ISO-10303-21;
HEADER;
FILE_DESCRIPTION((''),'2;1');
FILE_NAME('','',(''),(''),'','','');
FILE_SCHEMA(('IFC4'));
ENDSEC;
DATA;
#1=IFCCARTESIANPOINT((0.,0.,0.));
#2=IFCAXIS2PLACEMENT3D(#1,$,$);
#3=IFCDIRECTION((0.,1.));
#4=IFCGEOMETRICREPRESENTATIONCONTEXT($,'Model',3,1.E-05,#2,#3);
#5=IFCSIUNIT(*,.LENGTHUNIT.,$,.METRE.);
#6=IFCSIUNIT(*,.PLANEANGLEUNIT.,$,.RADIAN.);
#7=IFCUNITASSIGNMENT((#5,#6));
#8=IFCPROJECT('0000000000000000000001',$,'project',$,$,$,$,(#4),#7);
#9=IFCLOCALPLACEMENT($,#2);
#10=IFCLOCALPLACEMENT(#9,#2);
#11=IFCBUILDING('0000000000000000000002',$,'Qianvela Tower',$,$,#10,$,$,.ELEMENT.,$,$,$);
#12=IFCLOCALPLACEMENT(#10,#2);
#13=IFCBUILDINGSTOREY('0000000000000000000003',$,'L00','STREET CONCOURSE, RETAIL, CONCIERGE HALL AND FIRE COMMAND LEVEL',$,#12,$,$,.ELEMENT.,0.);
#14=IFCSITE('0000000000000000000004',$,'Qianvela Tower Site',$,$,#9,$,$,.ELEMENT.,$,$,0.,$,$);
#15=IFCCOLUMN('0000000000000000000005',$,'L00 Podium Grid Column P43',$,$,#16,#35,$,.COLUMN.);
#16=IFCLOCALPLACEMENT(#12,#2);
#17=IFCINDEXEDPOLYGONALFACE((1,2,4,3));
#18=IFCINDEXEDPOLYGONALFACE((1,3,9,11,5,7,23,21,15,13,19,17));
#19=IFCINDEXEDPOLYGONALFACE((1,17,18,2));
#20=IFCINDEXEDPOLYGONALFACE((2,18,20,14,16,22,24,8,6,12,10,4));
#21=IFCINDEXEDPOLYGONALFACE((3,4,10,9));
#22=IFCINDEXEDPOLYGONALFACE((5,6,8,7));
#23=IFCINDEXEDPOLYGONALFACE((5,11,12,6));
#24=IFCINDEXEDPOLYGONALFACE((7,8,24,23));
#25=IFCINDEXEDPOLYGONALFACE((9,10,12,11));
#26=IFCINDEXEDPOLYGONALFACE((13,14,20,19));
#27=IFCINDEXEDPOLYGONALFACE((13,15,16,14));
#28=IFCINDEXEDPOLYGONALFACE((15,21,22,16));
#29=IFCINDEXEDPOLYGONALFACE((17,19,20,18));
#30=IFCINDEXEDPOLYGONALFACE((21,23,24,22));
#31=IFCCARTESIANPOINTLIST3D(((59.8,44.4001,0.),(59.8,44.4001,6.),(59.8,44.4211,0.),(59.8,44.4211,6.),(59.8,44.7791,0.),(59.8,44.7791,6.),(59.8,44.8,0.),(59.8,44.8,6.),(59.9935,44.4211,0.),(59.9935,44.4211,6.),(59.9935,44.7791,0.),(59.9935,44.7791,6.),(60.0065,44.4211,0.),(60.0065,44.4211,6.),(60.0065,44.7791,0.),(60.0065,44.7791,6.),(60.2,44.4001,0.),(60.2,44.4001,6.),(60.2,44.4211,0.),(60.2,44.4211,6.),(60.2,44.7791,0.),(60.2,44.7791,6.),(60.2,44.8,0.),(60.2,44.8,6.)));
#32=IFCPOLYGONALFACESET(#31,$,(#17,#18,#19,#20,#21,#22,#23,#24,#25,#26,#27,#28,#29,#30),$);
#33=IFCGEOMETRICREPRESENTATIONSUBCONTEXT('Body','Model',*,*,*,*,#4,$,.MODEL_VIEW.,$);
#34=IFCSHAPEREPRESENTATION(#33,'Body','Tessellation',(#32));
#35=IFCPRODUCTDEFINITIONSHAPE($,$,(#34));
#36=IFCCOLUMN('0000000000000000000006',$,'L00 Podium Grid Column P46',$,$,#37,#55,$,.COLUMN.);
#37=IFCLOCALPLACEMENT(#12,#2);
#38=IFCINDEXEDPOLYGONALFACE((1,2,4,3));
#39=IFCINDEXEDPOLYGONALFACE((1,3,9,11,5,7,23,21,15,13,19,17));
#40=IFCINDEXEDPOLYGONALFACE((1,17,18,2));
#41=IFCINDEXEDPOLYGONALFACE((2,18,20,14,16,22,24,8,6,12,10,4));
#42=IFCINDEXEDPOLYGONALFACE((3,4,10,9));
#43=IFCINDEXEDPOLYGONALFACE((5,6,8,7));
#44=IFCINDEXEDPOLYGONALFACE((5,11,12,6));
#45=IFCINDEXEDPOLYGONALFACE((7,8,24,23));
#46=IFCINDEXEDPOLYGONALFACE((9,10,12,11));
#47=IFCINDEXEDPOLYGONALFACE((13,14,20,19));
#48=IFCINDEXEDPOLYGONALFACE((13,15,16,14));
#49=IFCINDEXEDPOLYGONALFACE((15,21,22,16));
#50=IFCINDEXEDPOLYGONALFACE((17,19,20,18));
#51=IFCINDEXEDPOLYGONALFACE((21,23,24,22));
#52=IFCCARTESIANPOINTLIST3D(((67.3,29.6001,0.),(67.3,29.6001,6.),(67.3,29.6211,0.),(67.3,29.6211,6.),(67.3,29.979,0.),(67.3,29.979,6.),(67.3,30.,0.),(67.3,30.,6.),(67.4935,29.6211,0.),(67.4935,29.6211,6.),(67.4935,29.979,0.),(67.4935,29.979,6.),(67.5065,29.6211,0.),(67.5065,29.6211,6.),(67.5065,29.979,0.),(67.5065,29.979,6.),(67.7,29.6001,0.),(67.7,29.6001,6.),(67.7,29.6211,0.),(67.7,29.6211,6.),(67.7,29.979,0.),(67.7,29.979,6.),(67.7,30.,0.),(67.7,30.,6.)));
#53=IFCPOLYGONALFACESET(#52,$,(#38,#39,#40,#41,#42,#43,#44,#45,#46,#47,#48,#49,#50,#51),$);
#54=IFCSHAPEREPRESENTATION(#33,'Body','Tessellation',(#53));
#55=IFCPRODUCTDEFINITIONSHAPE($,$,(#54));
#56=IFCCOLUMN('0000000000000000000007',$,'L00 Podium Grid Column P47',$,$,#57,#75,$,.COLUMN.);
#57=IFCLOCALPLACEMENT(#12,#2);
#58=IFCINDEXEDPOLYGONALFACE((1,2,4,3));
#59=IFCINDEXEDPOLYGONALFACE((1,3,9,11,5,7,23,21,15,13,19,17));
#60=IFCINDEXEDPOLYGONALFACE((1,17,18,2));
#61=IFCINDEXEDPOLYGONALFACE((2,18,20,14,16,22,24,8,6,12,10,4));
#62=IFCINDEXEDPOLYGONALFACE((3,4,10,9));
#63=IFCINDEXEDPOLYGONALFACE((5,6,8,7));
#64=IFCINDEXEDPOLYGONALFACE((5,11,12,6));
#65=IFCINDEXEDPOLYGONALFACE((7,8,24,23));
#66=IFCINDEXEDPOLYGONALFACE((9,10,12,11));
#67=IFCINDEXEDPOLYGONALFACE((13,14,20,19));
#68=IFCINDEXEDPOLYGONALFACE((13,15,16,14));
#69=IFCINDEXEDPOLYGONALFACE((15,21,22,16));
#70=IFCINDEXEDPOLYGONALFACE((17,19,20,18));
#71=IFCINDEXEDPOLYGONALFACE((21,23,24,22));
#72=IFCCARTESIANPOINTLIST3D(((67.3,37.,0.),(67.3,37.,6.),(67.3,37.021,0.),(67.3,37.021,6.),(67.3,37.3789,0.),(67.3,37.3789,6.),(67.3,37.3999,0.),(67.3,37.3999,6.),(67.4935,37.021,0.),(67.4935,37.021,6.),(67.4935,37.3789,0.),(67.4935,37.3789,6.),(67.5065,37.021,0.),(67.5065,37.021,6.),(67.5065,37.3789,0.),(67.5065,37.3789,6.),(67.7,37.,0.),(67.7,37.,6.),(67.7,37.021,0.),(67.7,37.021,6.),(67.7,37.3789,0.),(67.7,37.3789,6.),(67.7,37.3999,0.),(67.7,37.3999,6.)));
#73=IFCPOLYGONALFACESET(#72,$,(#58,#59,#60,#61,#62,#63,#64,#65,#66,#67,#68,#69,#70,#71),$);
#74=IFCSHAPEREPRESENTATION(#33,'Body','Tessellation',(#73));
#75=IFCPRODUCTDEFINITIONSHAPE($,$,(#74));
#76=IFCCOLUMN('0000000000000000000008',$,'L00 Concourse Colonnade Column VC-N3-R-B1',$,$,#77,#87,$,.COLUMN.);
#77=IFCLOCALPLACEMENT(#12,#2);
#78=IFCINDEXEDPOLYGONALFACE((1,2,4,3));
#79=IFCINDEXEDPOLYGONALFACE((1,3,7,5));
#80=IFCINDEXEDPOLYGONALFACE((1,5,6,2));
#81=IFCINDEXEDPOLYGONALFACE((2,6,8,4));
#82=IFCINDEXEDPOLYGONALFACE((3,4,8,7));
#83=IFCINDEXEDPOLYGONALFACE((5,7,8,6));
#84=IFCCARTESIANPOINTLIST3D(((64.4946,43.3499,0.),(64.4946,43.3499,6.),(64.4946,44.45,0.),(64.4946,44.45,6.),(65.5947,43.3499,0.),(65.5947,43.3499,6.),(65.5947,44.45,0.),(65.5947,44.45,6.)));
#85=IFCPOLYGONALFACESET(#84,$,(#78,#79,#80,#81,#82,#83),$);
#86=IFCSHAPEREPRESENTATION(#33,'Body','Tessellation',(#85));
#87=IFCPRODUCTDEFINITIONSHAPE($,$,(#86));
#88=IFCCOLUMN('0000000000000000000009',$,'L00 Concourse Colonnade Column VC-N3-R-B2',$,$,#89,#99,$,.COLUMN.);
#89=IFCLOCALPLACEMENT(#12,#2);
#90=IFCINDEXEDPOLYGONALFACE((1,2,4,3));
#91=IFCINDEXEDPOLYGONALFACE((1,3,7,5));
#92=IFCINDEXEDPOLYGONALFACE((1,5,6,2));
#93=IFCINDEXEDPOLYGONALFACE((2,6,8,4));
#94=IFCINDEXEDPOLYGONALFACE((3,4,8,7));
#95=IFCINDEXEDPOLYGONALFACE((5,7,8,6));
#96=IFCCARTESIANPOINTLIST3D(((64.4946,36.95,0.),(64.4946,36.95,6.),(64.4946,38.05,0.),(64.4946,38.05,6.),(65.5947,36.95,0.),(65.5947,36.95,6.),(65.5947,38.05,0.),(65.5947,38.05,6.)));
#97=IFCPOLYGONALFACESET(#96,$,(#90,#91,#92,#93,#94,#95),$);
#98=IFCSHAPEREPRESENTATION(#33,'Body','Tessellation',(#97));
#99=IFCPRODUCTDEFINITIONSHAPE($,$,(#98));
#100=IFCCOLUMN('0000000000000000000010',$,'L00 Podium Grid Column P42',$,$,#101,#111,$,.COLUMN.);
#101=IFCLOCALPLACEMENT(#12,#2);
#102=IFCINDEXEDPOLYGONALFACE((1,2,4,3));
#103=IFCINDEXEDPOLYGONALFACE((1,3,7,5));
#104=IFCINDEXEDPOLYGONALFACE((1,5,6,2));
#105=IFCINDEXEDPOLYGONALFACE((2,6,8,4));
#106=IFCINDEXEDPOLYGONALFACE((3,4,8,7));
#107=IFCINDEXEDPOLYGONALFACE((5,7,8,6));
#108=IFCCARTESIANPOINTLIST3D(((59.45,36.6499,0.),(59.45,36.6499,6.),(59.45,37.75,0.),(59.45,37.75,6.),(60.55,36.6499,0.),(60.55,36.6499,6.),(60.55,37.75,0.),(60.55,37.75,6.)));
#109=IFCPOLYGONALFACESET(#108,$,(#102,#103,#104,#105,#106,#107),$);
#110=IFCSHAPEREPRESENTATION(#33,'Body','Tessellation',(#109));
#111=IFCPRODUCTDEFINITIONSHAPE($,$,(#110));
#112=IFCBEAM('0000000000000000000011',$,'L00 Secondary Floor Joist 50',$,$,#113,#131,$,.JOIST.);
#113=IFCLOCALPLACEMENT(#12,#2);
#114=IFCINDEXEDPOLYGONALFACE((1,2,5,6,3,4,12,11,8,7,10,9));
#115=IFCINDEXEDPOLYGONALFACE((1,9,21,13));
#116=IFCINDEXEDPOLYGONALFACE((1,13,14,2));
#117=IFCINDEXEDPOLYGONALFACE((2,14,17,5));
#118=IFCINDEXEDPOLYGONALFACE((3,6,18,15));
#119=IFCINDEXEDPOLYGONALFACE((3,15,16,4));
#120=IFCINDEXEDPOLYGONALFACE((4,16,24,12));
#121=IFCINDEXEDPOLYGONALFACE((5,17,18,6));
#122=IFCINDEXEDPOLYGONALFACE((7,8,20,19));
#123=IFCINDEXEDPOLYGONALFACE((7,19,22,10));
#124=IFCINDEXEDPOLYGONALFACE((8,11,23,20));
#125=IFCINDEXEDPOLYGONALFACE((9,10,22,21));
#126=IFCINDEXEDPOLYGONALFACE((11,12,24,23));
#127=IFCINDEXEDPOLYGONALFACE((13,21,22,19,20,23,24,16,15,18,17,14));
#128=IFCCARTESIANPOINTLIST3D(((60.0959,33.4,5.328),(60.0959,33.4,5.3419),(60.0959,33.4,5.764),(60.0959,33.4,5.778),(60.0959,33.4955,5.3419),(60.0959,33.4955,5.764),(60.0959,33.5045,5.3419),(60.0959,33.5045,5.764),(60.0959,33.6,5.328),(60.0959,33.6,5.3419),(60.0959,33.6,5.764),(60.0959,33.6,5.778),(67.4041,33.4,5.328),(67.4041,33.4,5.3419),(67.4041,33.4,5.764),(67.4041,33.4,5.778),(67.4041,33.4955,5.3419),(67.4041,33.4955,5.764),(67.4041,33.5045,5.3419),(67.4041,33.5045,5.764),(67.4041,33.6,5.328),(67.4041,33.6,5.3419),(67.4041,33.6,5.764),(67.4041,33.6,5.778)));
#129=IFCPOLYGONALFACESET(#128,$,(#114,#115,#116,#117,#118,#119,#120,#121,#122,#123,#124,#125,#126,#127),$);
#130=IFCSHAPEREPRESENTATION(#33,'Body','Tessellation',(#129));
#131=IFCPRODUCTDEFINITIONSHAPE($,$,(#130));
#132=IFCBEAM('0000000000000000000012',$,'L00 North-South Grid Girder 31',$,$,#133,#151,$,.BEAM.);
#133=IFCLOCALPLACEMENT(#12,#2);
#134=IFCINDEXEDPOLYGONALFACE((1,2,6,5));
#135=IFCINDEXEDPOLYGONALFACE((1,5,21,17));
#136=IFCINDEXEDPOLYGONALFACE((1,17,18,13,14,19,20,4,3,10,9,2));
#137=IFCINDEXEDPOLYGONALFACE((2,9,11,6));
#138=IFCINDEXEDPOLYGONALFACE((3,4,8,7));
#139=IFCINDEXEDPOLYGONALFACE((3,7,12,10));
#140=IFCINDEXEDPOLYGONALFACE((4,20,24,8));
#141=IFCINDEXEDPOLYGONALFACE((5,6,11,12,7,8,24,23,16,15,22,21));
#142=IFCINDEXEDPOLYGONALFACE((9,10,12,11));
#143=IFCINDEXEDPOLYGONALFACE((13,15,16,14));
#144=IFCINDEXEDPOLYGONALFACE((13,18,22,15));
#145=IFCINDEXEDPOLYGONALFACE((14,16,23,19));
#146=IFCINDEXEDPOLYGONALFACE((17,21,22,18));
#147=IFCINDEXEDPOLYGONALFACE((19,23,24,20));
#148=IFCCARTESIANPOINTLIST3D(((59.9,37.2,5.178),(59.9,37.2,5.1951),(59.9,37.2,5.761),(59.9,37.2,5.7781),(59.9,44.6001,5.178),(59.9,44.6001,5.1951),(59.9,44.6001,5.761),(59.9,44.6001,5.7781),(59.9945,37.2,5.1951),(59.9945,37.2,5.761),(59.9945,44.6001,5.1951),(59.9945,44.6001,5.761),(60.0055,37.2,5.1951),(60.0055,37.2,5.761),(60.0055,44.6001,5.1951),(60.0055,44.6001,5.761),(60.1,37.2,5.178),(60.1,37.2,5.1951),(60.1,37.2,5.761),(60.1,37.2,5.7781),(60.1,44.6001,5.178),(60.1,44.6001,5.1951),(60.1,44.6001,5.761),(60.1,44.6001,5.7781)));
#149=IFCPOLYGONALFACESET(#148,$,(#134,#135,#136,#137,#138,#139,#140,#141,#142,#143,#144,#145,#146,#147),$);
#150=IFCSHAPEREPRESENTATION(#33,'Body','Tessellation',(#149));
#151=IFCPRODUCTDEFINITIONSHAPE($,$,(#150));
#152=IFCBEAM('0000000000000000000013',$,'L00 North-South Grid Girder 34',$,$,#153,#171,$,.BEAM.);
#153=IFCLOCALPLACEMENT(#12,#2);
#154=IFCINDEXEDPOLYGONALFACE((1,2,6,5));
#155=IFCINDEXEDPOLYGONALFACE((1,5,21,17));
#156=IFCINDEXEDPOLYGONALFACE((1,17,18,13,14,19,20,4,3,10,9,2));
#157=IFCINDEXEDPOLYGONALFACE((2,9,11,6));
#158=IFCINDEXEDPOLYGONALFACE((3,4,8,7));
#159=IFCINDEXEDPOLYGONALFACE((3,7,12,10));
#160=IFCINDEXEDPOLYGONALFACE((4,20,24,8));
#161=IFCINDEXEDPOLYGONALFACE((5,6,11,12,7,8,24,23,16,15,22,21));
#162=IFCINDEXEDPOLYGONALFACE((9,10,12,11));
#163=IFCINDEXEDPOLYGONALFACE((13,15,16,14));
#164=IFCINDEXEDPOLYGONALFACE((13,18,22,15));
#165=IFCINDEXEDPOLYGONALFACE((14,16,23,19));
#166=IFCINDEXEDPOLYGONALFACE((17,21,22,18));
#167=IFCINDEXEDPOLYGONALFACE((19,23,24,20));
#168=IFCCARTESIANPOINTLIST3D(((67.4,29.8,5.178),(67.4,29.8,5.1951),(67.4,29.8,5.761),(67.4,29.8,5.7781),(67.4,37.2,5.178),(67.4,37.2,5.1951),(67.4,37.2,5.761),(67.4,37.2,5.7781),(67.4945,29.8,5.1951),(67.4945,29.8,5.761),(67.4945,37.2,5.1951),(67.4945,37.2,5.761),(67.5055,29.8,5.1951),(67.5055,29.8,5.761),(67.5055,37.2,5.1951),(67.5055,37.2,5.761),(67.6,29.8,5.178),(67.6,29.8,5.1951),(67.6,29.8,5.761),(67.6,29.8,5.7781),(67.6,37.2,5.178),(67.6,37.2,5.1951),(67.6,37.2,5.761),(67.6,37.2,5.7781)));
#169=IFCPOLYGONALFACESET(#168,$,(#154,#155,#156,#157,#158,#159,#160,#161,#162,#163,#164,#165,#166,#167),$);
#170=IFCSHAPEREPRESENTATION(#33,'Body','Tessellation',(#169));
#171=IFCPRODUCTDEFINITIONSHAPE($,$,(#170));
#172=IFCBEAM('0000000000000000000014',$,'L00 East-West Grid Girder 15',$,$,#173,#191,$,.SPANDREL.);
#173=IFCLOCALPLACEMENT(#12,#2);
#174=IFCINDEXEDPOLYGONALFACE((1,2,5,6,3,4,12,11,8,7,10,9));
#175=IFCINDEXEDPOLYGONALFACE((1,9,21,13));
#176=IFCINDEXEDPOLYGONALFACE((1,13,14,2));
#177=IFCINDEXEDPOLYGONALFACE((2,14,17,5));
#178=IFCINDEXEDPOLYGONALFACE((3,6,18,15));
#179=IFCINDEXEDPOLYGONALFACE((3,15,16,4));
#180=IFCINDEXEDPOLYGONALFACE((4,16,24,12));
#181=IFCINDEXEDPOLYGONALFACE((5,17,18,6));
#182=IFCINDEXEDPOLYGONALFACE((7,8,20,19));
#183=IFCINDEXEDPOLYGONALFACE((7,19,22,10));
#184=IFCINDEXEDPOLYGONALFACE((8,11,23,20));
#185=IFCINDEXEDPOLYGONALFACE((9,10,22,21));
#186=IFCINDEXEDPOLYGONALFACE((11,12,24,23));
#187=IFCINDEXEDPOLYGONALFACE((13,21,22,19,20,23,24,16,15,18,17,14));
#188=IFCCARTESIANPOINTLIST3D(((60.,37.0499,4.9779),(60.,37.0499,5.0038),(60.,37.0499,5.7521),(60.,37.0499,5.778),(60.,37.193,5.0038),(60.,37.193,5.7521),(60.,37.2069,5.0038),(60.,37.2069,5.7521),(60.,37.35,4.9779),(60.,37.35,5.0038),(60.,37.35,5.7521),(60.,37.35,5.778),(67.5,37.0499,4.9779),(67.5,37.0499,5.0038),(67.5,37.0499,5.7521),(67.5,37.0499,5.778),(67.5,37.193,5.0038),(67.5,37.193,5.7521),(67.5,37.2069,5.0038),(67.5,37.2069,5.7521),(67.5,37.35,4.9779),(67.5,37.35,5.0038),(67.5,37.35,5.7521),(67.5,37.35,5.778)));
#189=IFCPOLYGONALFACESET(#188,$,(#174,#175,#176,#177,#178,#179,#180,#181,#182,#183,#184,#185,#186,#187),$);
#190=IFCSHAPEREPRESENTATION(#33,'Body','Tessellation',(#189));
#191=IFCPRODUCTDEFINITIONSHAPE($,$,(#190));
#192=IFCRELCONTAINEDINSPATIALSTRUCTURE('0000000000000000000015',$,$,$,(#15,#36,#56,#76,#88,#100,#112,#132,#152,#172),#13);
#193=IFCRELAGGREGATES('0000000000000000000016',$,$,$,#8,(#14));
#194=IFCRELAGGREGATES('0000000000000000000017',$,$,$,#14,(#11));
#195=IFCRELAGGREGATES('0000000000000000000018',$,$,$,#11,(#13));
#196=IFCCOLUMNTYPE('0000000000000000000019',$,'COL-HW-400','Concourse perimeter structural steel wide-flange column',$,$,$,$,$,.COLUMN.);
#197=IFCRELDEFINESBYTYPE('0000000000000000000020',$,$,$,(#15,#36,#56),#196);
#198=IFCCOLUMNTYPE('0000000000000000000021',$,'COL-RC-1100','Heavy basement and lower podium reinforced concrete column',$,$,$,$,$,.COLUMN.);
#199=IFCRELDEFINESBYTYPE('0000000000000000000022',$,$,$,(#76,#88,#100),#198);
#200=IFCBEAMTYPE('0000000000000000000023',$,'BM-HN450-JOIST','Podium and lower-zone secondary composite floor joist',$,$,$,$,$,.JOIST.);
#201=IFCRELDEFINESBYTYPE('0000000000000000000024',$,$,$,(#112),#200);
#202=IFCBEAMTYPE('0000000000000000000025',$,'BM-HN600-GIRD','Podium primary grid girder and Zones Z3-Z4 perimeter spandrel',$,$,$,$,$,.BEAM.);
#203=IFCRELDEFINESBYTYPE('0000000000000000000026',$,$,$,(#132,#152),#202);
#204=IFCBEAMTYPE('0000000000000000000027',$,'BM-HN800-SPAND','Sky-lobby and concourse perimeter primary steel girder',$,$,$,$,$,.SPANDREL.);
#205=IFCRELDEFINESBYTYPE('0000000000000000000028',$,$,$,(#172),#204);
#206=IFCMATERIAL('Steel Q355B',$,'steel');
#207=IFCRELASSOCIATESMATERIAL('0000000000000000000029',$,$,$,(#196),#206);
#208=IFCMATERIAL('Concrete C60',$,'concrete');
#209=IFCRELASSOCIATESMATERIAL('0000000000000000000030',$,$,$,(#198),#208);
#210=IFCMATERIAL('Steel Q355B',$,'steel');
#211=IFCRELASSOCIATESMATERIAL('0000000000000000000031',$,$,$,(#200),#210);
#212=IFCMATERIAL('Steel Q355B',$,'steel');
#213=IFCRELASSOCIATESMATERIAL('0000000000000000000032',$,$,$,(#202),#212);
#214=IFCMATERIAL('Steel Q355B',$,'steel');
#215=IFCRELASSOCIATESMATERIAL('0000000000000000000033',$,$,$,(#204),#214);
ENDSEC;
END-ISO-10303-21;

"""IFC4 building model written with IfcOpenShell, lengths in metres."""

from ifc_helpers import new_model, si_unit, direction, frame, origin, origin_2d, place, context, subcontext, project, spatial, rectangle, i_section, extrude, material, material_profile, profile_set, type_object, element, save


model = new_model("IFC4")

# Units and contexts
model_context = context("Model", 3, precision=1e-05, world=origin(), true_north=direction((0.0, 1.0)))
body_context = subcontext(model_context, "Body", "Model", "MODEL_VIEW")
ifc_project = project(units=[si_unit("LENGTHUNIT", "METRE"), si_unit("PLANEANGLEUNIT", "RADIAN")], contexts=[model_context])

# Site, building, storey
site_placement = place(None, origin())
site = spatial("IfcSite", under=ifc_project, at=site_placement, Name="Qianvela Tower Site", CompositionType="ELEMENT", RefElevation=0.0)
building_placement = place(site_placement, origin())
building = spatial("IfcBuilding", under=site, at=building_placement, Name="Qianvela Tower", CompositionType="ELEMENT")
storey_placement = place(building_placement, origin())
storey = spatial("IfcBuildingStorey", under=building, at=storey_placement, Name="L00", Description="STREET CONCOURSE, RETAIL, CONCIERGE HALL AND FIRE COMMAND LEVEL", CompositionType="ELEMENT", Elevation=0.0)

# Columns
ifc_material_1 = material(Name="Steel Q355B", Category="steel")
ifc_material_profile_1 = material_profile(ifc_material_1, i_section(OverallWidth=0.3999, OverallDepth=0.3999, WebThickness=0.0129, FlangeThickness=0.021, at=origin_2d()), Name="HW400x400x13x21")
ifc_profile_set_1 = profile_set([ifc_material_profile_1], Name="Steel Q355B")
column_type_1 = type_object("IfcColumnType", Name="COL-HW-400", Description="Concourse perimeter structural steel wide-flange column", PredefinedType="COLUMN", material=ifc_profile_set_1)
for number, where, z_axis, x_axis, name in (
    (1, (60.0, 44.6001, 0.0), (0.0, 0.0, 1.0), (1.0, 0.0, 0.0), "L00 Podium Grid Column P43"),
    (2, (67.5, 29.8, 0.0), (0.0, 0.0, 1.0), (1.0, 0.0, 0.0), "L00 Podium Grid Column P46"),
    (3, (67.5, 37.2, 0.0), (0.0, 0.0, 1.0), (1.0, 0.0, 0.0), "L00 Podium Grid Column P47"),
):
    element("IfcColumn", number, at=place(storey_placement, frame(where, z_axis=z_axis, x_axis=x_axis)), inside=storey, type_object=column_type_1, Name=name, PredefinedType="COLUMN", context=body_context, shape_type="SweptSolid", body=[
        extrude(i_section(OverallWidth=0.3999, OverallDepth=0.3999, WebThickness=0.0129, FlangeThickness=0.021, at=origin_2d()), origin(), (0.0, 0.0, 1.0), 6.0),
    ])
ifc_material_2 = material(Name="Concrete C60", Category="concrete")
ifc_material_profile_2 = material_profile(ifc_material_2, rectangle(XDim=1.1001, YDim=1.1001, at=origin_2d()), Name="RC-COL-1100x1100")
ifc_profile_set_2 = profile_set([ifc_material_profile_2], Name="Concrete C60")
column_type_2 = type_object("IfcColumnType", Name="COL-RC-1100", Description="Heavy basement and lower podium reinforced concrete column", PredefinedType="COLUMN", material=ifc_profile_set_2)
for number, where, z_axis, x_axis, name in (
    (4, (65.0447, 43.8999, 0.0), (0.0, 0.0, 1.0), (1.0, 0.0, 0.0), "L00 Concourse Colonnade Column VC-N3-R-B1"),
    (5, (65.0447, 37.5, 0.0), (0.0, 0.0, 1.0), (1.0, 0.0, 0.0), "L00 Concourse Colonnade Column VC-N3-R-B2"),
    (6, (60.0, 37.2, 0.0), (0.0, 0.0, 1.0), (1.0, 0.0, 0.0), "L00 Podium Grid Column P42"),
):
    element("IfcColumn", number, at=place(storey_placement, frame(where, z_axis=z_axis, x_axis=x_axis)), inside=storey, type_object=column_type_2, Name=name, PredefinedType="COLUMN", context=body_context, shape_type="SweptSolid", body=[
        extrude(rectangle(XDim=1.1001, YDim=1.1001, at=origin_2d()), origin(), (0.0, 0.0, 1.0), 6.0),
    ])

# Beams
ifc_material_3 = material(Name="Steel Q355B", Category="steel")
ifc_material_profile_3 = material_profile(ifc_material_3, i_section(OverallWidth=0.2, OverallDepth=0.45, WebThickness=0.009, FlangeThickness=0.0139, at=origin_2d()), Name="HN450x200x9x14")
ifc_profile_set_3 = profile_set([ifc_material_profile_3], Name="Steel Q355B")
beam_type_1 = type_object("IfcBeamType", Name="BM-HN450-JOIST", Description="Podium and lower-zone secondary composite floor joist", PredefinedType="JOIST", material=ifc_profile_set_3)
beam_1_placement = place(storey_placement, frame((60.0959, 33.5, 5.553), z_axis=(1.0, 0.0, 0.0), x_axis=(0.0, 1.0, 0.0)))
element("IfcBeam", 7, at=beam_1_placement, inside=storey, type_object=beam_type_1, Name="L00 Secondary Floor Joist 50", PredefinedType="JOIST", context=body_context, shape_type="SweptSolid", body=[
    extrude(i_section(OverallWidth=0.2, OverallDepth=0.45, WebThickness=0.009, FlangeThickness=0.0139, at=origin_2d()), origin(), (0.0, 0.0, 1.0), 7.3081),
])
ifc_material_4 = material(Name="Steel Q355B", Category="steel")
ifc_material_profile_4 = material_profile(ifc_material_4, i_section(OverallWidth=0.2, OverallDepth=0.6001, WebThickness=0.011, FlangeThickness=0.0171, at=origin_2d()), Name="HN600x200x11x17")
ifc_profile_set_4 = profile_set([ifc_material_profile_4], Name="Steel Q355B")
beam_type_2 = type_object("IfcBeamType", Name="BM-HN600-GIRD", Description="Podium primary grid girder and Zones Z3-Z4 perimeter spandrel", PredefinedType="BEAM", material=ifc_profile_set_4)
beam_2_placement = place(storey_placement, frame((60.0, 37.2, 5.478), z_axis=(0.0, 1.0, 0.0), x_axis=(-1.0, 0.0, 0.0)))
element("IfcBeam", 8, at=beam_2_placement, inside=storey, type_object=beam_type_2, Name="L00 North-South Grid Girder 31", PredefinedType="BEAM", context=body_context, shape_type="SweptSolid", body=[
    extrude(i_section(OverallWidth=0.2, OverallDepth=0.6001, WebThickness=0.011, FlangeThickness=0.0171, at=origin_2d()), origin(), (0.0, 0.0, 1.0), 7.4001),
])
beam_3_placement = place(storey_placement, frame((67.5, 29.8, 5.478), z_axis=(0.0, 1.0, 0.0), x_axis=(-1.0, 0.0, 0.0)))
element("IfcBeam", 9, at=beam_3_placement, inside=storey, type_object=beam_type_2, Name="L00 North-South Grid Girder 34", PredefinedType="BEAM", context=body_context, shape_type="SweptSolid", body=[
    extrude(i_section(OverallWidth=0.2, OverallDepth=0.6001, WebThickness=0.011, FlangeThickness=0.0171, at=origin_2d()), origin(), (0.0, 0.0, 1.0), 7.3999),
])
ifc_material_5 = material(Name="Steel Q355B", Category="steel")
ifc_material_profile_5 = material_profile(ifc_material_5, i_section(OverallWidth=0.3, OverallDepth=0.8, WebThickness=0.0139, FlangeThickness=0.0259, at=origin_2d()), Name="HN800x300x14x26")
ifc_profile_set_5 = profile_set([ifc_material_profile_5], Name="Steel Q355B")
beam_type_3 = type_object("IfcBeamType", Name="BM-HN800-SPAND", Description="Sky-lobby and concourse perimeter primary steel girder", PredefinedType="SPANDREL", material=ifc_profile_set_5)
beam_4_placement = place(storey_placement, frame((60.0, 37.2, 5.3779), z_axis=(1.0, 0.0, 0.0), x_axis=(0.0, 1.0, 0.0)))
element("IfcBeam", 10, at=beam_4_placement, inside=storey, type_object=beam_type_3, Name="L00 East-West Grid Girder 15", PredefinedType="SPANDREL", context=body_context, shape_type="SweptSolid", body=[
    extrude(i_section(OverallWidth=0.3, OverallDepth=0.8, WebThickness=0.0139, FlangeThickness=0.0259, at=origin_2d()), origin(), (0.0, 0.0, 1.0), 7.5),
])

save(model, "model.ifc")
